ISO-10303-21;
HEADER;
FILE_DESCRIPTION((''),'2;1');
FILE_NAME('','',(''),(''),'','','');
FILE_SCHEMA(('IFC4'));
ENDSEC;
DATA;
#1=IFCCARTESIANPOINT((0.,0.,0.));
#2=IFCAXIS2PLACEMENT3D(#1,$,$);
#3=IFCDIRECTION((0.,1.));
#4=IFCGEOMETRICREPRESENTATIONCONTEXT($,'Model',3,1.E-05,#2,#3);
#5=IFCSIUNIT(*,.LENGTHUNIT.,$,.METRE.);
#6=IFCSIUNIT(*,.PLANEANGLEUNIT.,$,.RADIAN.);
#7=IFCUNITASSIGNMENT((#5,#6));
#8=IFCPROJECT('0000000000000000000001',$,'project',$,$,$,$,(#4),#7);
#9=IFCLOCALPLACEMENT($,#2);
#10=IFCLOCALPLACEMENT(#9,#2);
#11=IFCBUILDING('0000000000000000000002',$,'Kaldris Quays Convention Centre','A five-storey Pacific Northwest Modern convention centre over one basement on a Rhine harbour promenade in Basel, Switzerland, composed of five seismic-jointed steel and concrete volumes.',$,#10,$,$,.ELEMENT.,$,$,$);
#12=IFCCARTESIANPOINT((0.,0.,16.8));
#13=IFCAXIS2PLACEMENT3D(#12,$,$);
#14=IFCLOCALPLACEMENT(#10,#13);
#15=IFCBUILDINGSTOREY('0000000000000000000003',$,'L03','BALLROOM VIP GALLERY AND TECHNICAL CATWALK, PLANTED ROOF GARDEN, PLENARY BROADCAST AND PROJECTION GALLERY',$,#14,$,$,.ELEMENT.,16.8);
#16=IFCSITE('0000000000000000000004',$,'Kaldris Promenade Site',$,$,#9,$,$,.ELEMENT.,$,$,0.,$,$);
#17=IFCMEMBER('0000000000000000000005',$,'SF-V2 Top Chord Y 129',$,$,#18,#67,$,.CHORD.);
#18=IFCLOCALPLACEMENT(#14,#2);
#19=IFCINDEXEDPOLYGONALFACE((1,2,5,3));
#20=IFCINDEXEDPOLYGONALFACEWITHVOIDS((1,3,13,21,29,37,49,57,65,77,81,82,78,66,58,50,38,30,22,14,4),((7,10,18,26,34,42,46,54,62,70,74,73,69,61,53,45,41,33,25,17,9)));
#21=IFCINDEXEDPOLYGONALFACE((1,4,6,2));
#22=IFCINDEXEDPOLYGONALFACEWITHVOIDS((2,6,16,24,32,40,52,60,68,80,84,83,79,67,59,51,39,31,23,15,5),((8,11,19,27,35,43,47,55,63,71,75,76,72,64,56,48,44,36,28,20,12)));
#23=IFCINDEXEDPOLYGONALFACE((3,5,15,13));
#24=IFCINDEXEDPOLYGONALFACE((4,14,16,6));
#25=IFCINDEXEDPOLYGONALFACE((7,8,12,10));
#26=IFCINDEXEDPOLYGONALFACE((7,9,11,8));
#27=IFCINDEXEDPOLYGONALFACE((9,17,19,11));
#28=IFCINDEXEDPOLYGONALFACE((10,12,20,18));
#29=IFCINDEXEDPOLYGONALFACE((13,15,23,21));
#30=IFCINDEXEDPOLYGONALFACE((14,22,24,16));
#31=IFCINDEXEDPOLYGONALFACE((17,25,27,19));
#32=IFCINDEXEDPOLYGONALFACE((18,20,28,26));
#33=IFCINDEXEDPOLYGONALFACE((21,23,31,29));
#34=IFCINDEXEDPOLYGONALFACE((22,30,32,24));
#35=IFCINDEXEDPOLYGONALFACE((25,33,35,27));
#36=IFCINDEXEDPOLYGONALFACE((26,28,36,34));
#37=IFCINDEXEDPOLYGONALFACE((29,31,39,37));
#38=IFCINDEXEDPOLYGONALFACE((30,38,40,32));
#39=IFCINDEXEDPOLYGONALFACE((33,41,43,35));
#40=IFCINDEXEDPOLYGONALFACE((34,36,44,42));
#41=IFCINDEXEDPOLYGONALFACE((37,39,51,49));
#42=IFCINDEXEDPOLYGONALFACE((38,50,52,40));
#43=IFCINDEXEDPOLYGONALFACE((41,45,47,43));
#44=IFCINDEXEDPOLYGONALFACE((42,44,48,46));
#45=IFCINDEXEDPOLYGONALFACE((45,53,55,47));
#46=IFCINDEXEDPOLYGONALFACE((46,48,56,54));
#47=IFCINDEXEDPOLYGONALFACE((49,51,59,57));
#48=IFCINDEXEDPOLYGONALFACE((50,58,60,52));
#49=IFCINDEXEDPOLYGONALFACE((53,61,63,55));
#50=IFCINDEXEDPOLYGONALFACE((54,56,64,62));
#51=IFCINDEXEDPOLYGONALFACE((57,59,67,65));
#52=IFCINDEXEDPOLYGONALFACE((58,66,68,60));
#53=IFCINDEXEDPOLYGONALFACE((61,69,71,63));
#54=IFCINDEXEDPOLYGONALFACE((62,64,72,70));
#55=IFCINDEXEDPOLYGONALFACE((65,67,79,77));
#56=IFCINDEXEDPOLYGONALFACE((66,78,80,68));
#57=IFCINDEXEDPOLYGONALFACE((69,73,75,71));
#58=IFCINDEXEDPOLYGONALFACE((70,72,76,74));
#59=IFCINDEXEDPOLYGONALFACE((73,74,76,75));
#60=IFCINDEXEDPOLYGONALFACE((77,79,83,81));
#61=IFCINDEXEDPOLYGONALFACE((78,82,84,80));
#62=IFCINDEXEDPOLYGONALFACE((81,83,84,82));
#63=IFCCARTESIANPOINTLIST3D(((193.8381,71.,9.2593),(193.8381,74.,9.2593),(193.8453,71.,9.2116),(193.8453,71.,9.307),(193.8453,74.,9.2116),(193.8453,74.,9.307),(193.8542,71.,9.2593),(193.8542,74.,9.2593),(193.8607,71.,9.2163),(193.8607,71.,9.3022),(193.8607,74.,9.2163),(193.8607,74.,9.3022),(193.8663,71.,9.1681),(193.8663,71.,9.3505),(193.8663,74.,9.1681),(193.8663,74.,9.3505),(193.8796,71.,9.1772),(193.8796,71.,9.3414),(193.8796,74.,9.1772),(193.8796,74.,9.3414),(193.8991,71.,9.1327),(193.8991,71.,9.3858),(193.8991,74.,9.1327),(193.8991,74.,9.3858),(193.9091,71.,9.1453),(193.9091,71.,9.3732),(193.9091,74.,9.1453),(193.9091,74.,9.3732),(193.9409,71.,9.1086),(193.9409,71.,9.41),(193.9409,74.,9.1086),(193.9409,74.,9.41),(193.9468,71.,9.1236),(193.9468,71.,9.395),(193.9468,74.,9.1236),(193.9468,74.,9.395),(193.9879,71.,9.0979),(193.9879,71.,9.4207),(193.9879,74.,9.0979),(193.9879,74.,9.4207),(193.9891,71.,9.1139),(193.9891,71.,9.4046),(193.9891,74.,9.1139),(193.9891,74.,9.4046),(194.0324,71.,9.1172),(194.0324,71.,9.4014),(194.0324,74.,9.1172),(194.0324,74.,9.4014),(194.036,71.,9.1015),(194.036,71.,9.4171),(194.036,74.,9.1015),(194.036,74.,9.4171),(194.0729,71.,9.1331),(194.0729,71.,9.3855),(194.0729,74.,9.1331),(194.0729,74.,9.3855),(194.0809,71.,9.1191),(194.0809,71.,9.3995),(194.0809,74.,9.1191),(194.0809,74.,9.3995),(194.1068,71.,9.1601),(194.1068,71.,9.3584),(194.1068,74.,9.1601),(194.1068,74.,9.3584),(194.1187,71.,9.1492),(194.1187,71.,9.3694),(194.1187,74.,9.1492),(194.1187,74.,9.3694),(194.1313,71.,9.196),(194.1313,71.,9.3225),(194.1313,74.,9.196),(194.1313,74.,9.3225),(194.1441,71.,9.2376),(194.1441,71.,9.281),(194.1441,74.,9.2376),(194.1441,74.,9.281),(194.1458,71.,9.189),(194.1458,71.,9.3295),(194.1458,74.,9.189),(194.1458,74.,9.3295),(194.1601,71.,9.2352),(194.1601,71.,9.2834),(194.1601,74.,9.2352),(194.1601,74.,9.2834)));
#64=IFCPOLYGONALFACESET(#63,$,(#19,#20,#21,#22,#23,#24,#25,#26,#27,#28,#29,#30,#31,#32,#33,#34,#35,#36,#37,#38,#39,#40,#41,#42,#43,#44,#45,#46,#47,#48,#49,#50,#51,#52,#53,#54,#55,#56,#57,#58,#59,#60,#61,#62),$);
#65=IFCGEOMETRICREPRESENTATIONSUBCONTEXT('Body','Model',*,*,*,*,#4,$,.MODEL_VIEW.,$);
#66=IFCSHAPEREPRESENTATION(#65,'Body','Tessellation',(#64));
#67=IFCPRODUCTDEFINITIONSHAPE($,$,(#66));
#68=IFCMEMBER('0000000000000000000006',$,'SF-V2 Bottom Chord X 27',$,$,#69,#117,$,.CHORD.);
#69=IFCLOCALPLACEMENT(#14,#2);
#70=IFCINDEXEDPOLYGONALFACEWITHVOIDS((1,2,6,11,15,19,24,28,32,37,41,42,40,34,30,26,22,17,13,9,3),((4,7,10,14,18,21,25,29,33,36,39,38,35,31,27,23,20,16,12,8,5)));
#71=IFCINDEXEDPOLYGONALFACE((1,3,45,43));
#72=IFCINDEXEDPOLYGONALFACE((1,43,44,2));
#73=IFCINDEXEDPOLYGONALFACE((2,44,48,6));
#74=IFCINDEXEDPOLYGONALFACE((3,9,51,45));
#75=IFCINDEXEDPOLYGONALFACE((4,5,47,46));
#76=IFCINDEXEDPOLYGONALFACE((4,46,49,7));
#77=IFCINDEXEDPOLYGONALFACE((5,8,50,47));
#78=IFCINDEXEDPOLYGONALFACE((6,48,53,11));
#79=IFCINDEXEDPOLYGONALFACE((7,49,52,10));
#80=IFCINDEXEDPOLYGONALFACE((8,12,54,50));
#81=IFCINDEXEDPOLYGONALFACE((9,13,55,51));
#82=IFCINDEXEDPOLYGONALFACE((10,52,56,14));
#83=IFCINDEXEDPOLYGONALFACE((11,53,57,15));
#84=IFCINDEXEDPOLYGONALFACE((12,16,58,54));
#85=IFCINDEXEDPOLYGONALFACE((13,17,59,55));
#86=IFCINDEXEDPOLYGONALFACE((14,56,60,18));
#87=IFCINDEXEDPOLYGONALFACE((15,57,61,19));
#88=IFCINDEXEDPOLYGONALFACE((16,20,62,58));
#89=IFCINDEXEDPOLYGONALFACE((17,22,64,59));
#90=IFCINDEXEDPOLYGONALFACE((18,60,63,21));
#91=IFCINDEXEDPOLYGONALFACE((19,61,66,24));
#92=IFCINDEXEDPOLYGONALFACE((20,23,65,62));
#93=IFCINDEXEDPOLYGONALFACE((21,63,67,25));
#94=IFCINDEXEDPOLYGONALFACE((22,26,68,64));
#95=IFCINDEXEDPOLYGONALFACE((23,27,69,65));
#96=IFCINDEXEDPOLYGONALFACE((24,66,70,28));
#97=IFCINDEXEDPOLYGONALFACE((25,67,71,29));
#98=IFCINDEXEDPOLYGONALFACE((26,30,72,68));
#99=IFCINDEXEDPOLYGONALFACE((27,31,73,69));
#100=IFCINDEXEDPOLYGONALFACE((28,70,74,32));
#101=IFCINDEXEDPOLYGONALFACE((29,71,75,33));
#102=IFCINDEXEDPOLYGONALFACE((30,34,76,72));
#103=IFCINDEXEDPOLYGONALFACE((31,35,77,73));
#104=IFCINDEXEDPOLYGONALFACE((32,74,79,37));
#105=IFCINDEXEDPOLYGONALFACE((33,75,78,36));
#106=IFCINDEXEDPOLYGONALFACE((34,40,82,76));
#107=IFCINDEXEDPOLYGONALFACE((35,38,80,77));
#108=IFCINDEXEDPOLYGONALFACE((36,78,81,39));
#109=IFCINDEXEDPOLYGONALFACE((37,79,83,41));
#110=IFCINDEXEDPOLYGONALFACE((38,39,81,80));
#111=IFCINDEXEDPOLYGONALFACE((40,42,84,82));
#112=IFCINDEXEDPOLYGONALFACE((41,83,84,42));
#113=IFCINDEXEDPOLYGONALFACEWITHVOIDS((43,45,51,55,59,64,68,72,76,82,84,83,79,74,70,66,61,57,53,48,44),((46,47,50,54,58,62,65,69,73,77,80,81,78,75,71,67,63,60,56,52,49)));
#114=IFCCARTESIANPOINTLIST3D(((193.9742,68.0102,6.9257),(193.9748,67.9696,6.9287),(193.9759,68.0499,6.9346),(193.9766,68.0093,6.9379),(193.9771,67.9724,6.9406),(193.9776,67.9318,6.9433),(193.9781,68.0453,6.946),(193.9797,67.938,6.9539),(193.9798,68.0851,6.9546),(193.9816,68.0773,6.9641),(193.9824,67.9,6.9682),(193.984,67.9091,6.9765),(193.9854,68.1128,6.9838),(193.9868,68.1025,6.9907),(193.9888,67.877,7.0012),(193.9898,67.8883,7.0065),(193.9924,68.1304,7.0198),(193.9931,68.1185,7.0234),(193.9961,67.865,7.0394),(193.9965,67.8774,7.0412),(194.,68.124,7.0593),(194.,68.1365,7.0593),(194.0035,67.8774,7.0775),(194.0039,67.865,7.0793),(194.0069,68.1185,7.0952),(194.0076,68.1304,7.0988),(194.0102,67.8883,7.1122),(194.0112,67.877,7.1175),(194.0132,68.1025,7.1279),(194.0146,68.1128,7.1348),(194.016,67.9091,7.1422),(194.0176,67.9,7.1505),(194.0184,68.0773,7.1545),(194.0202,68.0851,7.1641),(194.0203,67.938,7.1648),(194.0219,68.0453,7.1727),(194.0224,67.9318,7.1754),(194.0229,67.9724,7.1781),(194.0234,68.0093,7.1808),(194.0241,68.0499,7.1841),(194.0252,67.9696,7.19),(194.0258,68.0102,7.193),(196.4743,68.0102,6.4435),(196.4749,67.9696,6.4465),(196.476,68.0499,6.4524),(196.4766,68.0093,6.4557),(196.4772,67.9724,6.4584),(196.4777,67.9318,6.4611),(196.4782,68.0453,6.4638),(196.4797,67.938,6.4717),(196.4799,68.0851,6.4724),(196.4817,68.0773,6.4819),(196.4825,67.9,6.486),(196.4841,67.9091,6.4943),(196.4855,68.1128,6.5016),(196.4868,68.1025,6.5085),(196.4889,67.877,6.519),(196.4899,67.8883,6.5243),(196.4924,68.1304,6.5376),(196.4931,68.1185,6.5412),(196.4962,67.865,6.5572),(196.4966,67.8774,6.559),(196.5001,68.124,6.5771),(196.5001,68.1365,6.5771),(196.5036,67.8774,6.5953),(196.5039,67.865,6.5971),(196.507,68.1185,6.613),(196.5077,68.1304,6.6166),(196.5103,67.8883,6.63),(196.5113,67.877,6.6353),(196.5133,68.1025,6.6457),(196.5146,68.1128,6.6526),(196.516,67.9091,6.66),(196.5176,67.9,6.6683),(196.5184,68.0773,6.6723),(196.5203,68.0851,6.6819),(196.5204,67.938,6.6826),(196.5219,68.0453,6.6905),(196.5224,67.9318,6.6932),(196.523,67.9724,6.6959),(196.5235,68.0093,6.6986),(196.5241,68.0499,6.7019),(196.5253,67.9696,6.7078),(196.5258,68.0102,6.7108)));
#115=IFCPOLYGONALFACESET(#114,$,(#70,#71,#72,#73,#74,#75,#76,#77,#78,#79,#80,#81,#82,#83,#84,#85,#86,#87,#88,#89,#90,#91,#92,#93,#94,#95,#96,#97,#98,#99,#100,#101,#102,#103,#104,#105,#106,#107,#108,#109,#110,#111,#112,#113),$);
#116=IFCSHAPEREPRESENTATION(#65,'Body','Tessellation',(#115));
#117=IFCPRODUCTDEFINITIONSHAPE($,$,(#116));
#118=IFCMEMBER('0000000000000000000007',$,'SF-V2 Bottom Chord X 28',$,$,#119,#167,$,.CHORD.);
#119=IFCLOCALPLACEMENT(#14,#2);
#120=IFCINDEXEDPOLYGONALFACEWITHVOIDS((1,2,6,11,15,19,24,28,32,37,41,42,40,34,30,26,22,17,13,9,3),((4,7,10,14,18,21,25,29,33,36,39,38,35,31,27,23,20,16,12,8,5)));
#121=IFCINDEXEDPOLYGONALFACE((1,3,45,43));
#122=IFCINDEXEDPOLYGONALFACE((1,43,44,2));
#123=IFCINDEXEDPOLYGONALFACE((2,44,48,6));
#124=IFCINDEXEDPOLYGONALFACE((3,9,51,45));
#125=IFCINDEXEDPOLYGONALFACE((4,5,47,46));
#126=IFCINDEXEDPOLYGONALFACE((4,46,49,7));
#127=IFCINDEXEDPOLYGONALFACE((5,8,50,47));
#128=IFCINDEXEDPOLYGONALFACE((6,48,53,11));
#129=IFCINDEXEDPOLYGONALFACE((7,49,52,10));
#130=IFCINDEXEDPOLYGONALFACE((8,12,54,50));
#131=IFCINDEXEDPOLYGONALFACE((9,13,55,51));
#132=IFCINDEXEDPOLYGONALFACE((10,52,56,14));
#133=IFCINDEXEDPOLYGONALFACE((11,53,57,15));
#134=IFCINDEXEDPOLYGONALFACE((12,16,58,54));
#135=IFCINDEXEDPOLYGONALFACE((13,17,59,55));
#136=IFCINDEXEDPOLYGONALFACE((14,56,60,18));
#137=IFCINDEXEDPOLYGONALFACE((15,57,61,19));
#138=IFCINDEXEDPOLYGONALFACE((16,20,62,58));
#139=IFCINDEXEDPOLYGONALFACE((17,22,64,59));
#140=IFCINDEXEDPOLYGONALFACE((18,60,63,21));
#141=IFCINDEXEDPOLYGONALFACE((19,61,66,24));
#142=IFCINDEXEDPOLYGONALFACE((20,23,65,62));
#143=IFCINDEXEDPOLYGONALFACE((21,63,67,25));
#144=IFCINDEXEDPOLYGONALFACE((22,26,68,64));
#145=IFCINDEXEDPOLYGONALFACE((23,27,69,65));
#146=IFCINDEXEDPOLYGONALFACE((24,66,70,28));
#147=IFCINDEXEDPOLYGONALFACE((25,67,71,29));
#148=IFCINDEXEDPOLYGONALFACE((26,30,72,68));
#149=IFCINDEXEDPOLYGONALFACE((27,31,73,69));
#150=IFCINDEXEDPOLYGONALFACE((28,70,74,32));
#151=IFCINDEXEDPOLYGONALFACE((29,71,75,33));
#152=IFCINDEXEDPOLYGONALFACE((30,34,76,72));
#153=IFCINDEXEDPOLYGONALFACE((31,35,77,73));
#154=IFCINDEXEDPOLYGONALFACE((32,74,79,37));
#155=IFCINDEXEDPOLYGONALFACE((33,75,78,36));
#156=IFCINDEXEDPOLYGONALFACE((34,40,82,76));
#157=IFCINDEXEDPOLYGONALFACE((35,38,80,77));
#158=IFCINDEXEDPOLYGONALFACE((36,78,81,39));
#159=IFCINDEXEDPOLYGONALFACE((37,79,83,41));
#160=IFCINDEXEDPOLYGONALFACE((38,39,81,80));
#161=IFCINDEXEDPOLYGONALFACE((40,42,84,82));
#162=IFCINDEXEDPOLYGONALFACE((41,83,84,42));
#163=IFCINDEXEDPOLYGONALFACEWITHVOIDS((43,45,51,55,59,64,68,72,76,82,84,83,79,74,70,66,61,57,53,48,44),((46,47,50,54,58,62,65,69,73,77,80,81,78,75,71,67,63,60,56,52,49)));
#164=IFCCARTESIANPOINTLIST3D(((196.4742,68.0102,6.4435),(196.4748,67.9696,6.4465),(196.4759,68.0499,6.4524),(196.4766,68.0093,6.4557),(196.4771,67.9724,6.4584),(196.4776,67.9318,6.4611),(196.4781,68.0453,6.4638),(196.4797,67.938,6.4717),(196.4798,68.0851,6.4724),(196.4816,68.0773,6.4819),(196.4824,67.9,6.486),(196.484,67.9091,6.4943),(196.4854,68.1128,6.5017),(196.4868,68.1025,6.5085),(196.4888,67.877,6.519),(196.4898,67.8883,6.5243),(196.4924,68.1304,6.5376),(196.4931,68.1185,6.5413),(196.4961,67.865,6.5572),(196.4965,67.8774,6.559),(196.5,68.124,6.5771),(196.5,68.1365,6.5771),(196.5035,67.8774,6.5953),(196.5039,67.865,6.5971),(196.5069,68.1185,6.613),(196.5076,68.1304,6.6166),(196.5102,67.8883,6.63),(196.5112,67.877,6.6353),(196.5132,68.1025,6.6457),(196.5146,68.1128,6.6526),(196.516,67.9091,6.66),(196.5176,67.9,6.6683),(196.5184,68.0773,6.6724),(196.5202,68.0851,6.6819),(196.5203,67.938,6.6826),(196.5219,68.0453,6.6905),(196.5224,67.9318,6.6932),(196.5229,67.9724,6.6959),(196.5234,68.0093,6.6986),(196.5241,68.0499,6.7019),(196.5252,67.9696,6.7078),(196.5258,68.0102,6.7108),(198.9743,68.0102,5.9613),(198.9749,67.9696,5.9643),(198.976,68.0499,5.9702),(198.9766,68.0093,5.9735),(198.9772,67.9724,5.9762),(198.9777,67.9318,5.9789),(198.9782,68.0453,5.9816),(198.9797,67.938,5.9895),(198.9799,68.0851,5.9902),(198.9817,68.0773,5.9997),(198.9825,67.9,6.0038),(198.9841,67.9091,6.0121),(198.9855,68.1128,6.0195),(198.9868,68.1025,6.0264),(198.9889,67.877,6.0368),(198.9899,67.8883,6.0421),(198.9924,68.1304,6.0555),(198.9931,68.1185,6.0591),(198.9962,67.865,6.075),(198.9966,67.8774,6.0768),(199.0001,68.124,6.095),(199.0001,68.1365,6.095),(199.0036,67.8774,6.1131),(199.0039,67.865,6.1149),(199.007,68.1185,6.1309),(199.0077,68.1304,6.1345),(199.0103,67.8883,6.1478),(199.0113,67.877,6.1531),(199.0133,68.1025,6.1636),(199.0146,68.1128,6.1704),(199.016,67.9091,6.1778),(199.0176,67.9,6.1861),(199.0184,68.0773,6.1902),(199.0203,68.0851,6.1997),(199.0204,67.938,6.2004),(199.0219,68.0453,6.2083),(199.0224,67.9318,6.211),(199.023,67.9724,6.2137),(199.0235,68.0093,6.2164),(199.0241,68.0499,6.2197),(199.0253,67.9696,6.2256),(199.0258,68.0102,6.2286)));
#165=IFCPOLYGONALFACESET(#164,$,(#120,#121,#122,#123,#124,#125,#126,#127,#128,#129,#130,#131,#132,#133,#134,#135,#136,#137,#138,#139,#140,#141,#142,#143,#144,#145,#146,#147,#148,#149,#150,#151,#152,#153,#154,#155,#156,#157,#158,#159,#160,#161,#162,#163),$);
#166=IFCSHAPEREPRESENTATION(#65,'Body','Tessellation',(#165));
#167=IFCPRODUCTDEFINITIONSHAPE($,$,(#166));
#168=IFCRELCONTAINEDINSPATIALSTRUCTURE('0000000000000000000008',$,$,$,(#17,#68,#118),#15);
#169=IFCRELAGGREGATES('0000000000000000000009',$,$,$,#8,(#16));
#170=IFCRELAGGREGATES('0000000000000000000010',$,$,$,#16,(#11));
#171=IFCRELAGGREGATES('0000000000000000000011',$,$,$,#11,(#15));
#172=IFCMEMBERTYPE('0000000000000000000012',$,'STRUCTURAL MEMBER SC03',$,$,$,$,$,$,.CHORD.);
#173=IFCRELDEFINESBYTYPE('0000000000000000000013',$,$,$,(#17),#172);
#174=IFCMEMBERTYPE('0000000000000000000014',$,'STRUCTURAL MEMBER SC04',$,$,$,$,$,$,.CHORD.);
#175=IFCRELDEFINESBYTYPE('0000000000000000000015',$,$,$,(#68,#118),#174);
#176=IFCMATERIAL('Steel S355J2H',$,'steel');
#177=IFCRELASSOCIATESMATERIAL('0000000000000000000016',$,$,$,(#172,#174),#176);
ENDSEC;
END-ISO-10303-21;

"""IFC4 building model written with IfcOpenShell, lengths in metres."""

from ifc_helpers import new_model, si_unit, direction, frame, origin, origin_2d, place, context, subcontext, project, spatial, hollow_circle, extrude, material, material_profile, profile_set, type_object, element, save


model = new_model("IFC4")

# Units and contexts
model_context = context("Model", 3, precision=1e-05, world=origin(), true_north=direction((0.0, 1.0)))
body_context = subcontext(model_context, "Body", "Model", "MODEL_VIEW")
ifc_project = project(units=[si_unit("LENGTHUNIT", "METRE"), si_unit("PLANEANGLEUNIT", "RADIAN")], contexts=[model_context])

# Site, building, storey
site_placement = place(None, origin())
site = spatial("IfcSite", under=ifc_project, at=site_placement, Name="Kaldris Promenade Site", CompositionType="ELEMENT", RefElevation=0.0)
building_placement = place(site_placement, origin())
building = spatial("IfcBuilding", under=site, at=building_placement, Name="Kaldris Quays Convention Centre", Description="A five-storey Pacific Northwest Modern convention centre over one basement on a Rhine harbour promenade in Basel, Switzerland, composed of five seismic-jointed steel and concrete volumes.", CompositionType="ELEMENT")
storey_placement = place(building_placement, frame((0.0, 0.0, 16.8)))
storey = spatial("IfcBuildingStorey", under=building, at=storey_placement, Name="L03", Description="BALLROOM VIP GALLERY AND TECHNICAL CATWALK, PLANTED ROOF GARDEN, PLENARY BROADCAST AND PROJECTION GALLERY", CompositionType="ELEMENT", Elevation=16.8)

# Members
ifc_material_1 = material(Name="Steel S355J2H", Category="steel")
ifc_material_profile_1 = material_profile(ifc_material_1, hollow_circle(Radius=0.1619, WallThickness=0.0161, at=origin_2d()), Name="CHS 323.9x16")
ifc_profile_set_1 = profile_set([ifc_material_profile_1], Name="Steel S355J2H")
member_type_1 = type_object("IfcMemberType", Name="STRUCTURAL MEMBER SC03", PredefinedType="CHORD", material=ifc_profile_set_1)
for number, where, z_axis, x_axis, name in (
    (1, (194.0, 71.0, 9.2593), (0.0, 1.0, 0.0), (-1.0, 0.0, 0.0), "SF-V2 Top Chord Y 129"),
):
    element("IfcMember", number, at=place(storey_placement, frame(where, z_axis=z_axis, x_axis=x_axis)), inside=storey, type_object=member_type_1, Name=name, PredefinedType="CHORD", context=body_context, shape_type="SweptSolid", body=[
        extrude(hollow_circle(Radius=0.1619, WallThickness=0.0161, at=origin_2d()), origin(), (0.0, 0.0, 1.0), 3.0),
    ])
ifc_material_profile_2 = material_profile(ifc_material_1, hollow_circle(Radius=0.1365, WallThickness=0.0125, at=origin_2d()), Name="CHS 273x12.5")
ifc_profile_set_2 = profile_set([ifc_material_profile_2], Name="Steel S355J2H")
member_type_2 = type_object("IfcMemberType", Name="STRUCTURAL MEMBER SC04", PredefinedType="CHORD", material=ifc_profile_set_2)
for number, where, z_axis, x_axis, name in (
    (2, (194.0, 68.0, 7.0593), (0.981904, 0.0, -0.189381), (0.0, 1.0, 0.0), "SF-V2 Bottom Chord X 27"),
    (3, (196.5, 68.0, 6.5771), (0.981904, 0.0, -0.189381), (0.0, 1.0, 0.0), "SF-V2 Bottom Chord X 28"),
):
    element("IfcMember", number, at=place(storey_placement, frame(where, z_axis=z_axis, x_axis=x_axis)), inside=storey, type_object=member_type_2, Name=name, PredefinedType="CHORD", context=body_context, shape_type="SweptSolid", body=[
        extrude(hollow_circle(Radius=0.1365, WallThickness=0.0125, at=origin_2d()), origin(), (0.0, 0.0, 1.0), 2.5461),
    ])

save(model, "model.ifc")
